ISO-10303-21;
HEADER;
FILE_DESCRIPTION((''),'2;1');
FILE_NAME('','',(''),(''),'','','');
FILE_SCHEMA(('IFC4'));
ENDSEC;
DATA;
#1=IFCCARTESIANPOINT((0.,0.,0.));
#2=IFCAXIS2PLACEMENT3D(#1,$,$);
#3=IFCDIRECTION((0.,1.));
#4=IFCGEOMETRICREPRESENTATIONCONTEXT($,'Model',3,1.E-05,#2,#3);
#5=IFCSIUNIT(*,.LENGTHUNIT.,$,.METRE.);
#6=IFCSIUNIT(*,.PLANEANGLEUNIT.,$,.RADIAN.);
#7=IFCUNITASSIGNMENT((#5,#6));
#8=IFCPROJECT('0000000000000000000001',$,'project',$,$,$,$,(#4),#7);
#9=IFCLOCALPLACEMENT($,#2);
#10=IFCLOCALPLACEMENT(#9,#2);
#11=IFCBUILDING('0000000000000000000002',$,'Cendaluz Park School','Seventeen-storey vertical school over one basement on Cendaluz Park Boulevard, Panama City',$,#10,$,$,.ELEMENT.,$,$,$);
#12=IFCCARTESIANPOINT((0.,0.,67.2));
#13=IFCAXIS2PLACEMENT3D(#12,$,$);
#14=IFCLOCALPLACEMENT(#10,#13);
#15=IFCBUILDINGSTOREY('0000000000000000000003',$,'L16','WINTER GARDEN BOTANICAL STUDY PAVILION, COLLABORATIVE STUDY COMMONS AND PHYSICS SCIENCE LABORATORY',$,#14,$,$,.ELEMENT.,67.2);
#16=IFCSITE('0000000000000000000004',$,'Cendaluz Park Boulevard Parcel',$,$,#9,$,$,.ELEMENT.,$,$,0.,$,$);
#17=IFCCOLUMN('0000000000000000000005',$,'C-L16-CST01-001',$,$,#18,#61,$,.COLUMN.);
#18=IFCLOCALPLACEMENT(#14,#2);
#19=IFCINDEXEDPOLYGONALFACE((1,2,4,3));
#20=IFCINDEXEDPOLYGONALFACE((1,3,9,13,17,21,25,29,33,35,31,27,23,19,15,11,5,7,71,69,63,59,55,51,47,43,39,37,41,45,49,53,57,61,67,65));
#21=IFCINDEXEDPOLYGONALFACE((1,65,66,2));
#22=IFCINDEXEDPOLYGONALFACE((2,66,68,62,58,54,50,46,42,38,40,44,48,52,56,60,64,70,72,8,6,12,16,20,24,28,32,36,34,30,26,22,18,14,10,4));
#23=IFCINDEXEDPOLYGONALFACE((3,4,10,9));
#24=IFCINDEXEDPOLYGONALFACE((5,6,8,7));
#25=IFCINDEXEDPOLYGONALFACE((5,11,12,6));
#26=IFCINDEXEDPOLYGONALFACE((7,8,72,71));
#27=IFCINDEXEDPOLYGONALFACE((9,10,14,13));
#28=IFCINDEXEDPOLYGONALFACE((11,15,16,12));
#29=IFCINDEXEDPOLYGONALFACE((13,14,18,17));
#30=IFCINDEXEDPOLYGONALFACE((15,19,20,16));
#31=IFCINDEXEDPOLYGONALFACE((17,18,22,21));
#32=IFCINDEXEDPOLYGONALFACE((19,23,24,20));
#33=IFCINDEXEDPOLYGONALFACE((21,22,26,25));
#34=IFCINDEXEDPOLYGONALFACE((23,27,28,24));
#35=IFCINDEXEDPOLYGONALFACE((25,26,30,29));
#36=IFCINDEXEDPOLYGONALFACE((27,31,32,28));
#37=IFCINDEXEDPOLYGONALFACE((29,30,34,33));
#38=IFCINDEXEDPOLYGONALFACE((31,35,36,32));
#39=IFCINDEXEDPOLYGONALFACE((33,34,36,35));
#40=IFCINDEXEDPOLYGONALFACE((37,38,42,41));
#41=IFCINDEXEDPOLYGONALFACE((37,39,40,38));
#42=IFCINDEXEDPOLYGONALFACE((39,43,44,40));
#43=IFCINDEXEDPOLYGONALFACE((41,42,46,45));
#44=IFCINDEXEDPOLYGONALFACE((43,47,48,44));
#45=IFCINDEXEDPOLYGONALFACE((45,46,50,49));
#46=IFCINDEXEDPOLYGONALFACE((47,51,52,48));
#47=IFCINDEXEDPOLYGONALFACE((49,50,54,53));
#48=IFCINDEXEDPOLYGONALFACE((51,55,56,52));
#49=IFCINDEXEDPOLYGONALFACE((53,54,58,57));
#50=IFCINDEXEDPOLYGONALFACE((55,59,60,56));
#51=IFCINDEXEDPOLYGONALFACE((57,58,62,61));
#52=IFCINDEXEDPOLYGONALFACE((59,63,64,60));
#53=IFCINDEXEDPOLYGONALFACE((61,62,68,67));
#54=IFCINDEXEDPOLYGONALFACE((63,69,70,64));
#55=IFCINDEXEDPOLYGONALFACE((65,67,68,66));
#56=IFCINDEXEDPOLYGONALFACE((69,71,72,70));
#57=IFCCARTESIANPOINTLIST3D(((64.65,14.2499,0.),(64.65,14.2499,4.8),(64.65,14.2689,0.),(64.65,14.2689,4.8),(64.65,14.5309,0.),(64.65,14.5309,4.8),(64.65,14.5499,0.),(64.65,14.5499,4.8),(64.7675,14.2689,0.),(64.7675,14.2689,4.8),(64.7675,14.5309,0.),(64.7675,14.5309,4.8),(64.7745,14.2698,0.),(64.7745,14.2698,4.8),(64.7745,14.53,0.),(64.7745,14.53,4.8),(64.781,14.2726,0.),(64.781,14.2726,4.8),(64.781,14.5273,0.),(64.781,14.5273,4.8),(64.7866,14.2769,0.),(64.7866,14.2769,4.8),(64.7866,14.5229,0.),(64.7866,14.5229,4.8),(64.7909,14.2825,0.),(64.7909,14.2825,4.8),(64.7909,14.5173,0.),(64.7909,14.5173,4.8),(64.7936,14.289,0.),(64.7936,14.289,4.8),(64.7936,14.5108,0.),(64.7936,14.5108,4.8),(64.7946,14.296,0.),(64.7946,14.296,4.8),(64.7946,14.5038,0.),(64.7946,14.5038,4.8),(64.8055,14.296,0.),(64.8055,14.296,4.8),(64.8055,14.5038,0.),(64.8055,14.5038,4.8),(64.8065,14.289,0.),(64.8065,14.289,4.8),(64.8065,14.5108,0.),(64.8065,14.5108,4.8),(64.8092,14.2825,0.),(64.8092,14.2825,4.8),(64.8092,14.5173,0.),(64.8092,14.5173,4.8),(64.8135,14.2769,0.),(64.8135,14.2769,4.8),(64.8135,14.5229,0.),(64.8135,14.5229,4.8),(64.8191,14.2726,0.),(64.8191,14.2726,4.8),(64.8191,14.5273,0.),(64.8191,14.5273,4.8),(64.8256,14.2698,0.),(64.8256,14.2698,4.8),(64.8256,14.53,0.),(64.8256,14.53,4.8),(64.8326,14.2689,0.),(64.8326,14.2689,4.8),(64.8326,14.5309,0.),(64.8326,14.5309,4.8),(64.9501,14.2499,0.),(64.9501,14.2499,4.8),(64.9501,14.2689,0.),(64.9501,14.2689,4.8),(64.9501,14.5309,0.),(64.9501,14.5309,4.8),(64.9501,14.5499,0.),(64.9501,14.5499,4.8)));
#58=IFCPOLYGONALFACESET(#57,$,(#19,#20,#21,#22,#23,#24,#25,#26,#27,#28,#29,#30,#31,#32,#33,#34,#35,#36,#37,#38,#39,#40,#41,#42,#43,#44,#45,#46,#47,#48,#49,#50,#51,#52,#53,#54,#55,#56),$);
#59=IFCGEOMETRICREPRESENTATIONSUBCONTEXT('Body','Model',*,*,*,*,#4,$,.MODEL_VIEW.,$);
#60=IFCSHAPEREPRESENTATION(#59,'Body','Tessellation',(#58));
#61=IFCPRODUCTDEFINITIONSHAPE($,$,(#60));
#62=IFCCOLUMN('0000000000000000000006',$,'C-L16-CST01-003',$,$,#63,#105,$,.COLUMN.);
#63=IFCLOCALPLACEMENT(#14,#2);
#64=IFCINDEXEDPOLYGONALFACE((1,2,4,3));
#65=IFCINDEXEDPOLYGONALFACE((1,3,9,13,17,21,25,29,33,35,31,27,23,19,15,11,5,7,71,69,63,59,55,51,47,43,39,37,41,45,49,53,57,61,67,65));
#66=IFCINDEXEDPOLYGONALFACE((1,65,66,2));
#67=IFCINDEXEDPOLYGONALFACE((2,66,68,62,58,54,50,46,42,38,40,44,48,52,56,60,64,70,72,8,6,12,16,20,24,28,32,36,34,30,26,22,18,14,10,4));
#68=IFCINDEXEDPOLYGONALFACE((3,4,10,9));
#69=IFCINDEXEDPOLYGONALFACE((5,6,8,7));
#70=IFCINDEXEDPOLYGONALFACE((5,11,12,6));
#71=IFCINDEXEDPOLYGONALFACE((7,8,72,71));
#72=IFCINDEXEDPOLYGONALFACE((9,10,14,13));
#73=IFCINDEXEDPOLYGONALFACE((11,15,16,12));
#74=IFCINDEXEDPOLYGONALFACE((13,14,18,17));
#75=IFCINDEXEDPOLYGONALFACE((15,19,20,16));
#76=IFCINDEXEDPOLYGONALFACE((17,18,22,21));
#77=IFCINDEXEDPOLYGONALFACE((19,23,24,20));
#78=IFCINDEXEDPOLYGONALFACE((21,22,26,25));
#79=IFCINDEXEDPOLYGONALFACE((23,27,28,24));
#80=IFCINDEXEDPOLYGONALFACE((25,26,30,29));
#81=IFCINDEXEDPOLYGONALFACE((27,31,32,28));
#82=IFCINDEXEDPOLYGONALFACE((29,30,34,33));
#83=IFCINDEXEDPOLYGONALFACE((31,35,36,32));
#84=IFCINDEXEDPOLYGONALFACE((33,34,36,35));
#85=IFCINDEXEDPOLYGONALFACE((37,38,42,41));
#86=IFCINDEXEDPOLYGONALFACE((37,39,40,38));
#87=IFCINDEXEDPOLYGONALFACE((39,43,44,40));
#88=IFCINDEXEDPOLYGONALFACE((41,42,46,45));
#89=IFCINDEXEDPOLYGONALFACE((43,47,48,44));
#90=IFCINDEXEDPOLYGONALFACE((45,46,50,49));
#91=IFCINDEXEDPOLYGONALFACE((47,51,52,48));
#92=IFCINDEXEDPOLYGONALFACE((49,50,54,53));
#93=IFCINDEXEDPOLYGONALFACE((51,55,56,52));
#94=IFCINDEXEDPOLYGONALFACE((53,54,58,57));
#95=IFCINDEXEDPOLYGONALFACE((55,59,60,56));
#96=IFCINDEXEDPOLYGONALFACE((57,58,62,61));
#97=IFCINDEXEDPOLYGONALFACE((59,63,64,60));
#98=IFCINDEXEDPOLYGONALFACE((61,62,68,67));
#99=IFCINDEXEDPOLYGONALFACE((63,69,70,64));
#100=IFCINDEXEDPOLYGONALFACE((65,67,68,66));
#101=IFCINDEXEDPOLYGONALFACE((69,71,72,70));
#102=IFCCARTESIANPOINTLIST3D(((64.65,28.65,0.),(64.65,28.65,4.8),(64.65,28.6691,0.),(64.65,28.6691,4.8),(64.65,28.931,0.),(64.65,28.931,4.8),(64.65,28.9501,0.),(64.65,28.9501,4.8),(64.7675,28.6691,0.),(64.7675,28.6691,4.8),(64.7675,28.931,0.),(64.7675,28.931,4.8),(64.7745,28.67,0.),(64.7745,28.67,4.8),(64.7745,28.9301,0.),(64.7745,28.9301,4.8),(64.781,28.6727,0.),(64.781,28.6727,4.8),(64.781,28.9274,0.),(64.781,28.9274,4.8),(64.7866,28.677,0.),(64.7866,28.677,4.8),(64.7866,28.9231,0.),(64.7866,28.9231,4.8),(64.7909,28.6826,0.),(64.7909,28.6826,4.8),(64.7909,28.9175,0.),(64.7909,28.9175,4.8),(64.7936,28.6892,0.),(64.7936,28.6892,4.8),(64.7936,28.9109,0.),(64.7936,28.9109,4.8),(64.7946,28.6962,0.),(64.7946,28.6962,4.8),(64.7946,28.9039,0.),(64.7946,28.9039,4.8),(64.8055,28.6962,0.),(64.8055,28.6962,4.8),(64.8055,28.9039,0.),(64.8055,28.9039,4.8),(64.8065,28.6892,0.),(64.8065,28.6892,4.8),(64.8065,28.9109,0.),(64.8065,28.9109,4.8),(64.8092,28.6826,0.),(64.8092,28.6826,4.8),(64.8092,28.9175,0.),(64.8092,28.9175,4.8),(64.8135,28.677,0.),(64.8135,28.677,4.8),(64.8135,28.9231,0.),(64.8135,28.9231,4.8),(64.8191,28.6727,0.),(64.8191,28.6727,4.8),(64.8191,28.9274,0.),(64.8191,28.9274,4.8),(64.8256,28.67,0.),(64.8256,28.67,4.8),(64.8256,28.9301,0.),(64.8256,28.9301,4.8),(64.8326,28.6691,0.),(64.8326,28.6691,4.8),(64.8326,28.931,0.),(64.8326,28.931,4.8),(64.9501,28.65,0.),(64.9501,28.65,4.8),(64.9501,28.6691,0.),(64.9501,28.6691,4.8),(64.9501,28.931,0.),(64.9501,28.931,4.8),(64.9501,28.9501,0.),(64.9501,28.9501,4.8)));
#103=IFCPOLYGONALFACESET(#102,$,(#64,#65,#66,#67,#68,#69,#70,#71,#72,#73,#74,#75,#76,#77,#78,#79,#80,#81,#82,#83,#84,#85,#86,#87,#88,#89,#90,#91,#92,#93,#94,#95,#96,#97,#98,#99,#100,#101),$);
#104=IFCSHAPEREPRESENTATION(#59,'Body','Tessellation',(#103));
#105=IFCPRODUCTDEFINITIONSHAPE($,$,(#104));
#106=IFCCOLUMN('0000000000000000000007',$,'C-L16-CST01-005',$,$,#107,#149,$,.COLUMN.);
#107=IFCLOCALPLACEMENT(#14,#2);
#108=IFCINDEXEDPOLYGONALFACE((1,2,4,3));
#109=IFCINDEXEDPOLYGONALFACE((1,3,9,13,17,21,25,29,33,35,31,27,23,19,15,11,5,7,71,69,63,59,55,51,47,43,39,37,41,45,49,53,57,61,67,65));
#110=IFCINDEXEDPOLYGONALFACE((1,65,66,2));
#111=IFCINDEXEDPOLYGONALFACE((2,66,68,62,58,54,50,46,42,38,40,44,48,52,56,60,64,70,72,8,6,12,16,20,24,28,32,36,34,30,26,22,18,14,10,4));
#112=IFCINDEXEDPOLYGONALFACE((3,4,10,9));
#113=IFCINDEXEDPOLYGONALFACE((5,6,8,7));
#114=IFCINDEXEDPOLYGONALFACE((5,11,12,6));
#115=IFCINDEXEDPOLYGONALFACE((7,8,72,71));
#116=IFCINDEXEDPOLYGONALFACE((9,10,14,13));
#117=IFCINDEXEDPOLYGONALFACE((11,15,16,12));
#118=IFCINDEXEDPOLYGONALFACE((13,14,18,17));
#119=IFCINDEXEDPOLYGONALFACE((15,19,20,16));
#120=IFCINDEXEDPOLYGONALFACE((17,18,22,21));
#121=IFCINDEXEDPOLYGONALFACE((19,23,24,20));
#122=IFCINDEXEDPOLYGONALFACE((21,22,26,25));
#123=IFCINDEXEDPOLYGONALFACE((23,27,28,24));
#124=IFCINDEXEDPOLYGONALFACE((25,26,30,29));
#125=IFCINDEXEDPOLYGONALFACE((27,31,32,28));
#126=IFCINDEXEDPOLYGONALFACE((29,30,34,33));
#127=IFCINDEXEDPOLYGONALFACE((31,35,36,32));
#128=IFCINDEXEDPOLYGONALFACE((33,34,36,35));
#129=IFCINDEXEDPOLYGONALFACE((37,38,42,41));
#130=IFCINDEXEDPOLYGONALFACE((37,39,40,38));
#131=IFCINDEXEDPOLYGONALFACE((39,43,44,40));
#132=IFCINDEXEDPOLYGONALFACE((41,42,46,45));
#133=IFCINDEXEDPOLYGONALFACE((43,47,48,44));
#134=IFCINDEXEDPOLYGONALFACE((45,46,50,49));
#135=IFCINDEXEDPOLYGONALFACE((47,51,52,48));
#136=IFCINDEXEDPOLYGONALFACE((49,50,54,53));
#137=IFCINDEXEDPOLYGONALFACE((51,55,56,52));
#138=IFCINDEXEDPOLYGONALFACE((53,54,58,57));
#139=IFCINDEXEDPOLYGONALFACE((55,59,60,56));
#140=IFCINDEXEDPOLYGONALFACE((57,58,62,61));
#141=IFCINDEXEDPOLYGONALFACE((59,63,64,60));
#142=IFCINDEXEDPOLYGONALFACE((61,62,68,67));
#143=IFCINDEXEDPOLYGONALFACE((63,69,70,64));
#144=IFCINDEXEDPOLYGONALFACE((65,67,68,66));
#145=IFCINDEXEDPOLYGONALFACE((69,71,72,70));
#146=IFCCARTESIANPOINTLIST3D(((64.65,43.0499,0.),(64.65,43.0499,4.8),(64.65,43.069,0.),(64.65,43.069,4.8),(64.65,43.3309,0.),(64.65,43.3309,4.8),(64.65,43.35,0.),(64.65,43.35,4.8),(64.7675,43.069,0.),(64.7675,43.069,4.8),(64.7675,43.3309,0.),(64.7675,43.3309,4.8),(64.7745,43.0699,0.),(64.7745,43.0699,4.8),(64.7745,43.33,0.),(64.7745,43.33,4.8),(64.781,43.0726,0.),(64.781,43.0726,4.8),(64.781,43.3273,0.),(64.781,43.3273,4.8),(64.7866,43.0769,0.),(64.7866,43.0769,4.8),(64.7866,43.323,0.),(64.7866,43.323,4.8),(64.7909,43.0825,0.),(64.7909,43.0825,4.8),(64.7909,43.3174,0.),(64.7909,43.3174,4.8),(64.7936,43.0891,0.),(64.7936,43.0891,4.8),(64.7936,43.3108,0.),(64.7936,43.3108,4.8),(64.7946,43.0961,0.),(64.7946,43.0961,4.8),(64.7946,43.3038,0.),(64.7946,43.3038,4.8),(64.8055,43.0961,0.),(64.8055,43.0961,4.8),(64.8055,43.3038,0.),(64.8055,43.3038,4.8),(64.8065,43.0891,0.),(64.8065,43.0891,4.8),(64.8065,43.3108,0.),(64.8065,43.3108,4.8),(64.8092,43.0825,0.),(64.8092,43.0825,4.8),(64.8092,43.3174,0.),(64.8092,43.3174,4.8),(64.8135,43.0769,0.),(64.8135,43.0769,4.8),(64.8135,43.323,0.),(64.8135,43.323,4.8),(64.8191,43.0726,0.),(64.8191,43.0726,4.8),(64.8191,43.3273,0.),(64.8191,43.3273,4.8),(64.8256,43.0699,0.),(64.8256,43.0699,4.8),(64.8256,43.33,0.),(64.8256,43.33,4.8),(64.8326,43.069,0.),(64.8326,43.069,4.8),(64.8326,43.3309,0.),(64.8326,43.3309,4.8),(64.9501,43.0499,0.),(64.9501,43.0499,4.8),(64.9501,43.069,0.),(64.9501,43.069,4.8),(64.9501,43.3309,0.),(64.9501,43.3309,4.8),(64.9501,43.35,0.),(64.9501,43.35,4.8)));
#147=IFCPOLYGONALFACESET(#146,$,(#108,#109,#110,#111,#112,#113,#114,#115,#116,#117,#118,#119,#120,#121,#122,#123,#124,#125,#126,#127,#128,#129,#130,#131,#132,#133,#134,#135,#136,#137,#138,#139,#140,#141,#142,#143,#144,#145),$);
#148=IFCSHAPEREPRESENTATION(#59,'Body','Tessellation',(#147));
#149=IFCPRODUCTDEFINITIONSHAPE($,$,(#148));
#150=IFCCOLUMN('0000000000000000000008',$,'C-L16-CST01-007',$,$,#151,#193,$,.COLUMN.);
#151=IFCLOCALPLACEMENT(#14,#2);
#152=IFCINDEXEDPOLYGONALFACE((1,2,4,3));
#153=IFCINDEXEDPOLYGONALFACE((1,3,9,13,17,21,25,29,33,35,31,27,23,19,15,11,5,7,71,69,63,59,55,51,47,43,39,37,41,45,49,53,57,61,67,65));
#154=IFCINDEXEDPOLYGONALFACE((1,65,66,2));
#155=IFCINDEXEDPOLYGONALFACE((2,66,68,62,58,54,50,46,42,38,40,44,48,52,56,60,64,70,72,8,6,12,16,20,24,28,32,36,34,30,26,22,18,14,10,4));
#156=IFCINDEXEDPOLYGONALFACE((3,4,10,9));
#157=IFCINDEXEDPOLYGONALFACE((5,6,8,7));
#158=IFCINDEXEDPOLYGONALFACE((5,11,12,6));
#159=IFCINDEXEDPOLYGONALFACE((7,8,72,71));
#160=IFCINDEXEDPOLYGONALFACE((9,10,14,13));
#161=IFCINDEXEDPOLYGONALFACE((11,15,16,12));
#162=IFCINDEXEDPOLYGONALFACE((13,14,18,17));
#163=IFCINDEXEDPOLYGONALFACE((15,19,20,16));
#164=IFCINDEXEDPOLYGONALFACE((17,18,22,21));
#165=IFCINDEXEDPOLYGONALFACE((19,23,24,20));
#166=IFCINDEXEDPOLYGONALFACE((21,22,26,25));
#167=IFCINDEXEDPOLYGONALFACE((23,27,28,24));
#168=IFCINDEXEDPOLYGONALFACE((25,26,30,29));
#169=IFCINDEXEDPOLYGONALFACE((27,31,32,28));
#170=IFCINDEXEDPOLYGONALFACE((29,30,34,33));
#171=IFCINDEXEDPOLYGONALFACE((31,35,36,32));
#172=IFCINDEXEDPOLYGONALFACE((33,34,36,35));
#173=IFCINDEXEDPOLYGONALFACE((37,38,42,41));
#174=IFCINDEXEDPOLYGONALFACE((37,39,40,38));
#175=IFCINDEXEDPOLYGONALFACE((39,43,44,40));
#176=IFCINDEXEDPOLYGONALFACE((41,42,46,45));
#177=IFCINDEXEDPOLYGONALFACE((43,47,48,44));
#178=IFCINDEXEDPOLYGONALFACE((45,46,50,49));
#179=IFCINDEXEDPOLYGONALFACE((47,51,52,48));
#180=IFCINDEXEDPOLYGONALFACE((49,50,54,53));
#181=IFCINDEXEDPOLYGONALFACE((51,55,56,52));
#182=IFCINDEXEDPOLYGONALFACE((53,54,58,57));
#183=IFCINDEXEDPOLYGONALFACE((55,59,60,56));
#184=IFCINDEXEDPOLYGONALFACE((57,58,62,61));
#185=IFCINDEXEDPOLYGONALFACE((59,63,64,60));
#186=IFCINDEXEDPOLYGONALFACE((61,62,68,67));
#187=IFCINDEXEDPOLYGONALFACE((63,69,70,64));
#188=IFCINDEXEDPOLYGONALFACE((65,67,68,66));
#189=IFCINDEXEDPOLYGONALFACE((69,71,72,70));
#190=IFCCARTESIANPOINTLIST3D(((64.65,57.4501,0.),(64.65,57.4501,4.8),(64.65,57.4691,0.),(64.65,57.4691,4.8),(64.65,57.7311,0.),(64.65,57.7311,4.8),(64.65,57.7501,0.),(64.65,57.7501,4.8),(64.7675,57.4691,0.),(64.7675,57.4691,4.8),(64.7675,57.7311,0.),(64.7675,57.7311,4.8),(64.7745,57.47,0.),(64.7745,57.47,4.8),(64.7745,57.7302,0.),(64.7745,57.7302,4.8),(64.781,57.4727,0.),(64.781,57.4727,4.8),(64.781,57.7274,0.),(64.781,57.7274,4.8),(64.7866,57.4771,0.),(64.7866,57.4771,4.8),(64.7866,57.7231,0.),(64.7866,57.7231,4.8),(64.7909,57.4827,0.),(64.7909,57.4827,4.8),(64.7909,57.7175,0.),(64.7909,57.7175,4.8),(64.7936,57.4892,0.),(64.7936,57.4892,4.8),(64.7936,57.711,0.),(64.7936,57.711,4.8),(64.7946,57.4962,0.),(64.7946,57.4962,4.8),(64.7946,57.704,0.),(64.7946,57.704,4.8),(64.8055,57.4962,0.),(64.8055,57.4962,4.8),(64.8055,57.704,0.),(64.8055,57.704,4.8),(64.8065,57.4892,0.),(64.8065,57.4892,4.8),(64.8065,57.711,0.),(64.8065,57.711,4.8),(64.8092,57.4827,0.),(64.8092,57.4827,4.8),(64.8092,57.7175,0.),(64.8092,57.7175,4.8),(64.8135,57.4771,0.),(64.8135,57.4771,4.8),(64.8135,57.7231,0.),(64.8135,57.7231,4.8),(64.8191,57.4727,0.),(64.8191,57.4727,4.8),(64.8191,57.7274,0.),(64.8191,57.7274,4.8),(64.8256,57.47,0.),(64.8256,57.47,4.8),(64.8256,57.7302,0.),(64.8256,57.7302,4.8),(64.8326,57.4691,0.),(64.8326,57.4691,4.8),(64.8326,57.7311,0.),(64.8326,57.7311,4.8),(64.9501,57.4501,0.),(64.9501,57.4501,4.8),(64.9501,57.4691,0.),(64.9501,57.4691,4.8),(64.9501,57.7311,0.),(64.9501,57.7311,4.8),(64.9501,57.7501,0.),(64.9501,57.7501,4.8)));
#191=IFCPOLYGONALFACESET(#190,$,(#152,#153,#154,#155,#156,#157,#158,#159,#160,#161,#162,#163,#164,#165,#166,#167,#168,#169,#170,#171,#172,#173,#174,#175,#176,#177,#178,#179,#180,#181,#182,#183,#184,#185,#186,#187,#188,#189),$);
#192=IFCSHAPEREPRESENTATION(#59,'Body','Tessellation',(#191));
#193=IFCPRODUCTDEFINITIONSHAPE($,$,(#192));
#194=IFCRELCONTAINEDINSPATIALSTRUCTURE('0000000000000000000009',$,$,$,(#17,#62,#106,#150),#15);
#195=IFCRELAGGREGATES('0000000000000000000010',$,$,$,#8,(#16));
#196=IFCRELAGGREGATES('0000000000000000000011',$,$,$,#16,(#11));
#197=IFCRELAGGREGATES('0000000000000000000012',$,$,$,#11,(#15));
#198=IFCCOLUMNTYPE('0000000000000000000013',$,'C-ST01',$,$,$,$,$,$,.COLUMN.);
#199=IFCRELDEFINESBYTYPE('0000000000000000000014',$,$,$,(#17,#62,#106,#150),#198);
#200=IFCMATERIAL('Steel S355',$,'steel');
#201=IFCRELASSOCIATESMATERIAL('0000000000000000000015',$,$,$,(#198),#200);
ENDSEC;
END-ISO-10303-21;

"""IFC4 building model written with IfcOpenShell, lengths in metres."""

from ifc_helpers import new_model, si_unit, direction, frame, origin, origin_2d, place, context, subcontext, project, spatial, i_section, extrude, material, material_profile, profile_set, type_object, element, save


model = new_model("IFC4")

# Units and contexts
model_context = context("Model", 3, precision=1e-05, world=origin(), true_north=direction((0.0, 1.0)))
body_context = subcontext(model_context, "Body", "Model", "MODEL_VIEW")
ifc_project = project(units=[si_unit("LENGTHUNIT", "METRE"), si_unit("PLANEANGLEUNIT", "RADIAN")], contexts=[model_context])

# Site, building, storey
site_placement = place(None, origin())
site = spatial("IfcSite", under=ifc_project, at=site_placement, Name="Cendaluz Park Boulevard Parcel", CompositionType="ELEMENT", RefElevation=0.0)
building_placement = place(site_placement, origin())
building = spatial("IfcBuilding", under=site, at=building_placement, Name="Cendaluz Park School", Description="Seventeen-storey vertical school over one basement on Cendaluz Park Boulevard, Panama City", CompositionType="ELEMENT")
storey_placement = place(building_placement, frame((0.0, 0.0, 67.2)))
storey = spatial("IfcBuildingStorey", under=building, at=storey_placement, Name="L16", Description="WINTER GARDEN BOTANICAL STUDY PAVILION, COLLABORATIVE STUDY COMMONS AND PHYSICS SCIENCE LABORATORY", CompositionType="ELEMENT", Elevation=67.2)

# Columns
ifc_material_1 = material(Name="Steel S355", Category="steel")
ifc_material_profile_1 = material_profile(ifc_material_1, i_section(OverallWidth=0.3, OverallDepth=0.3, WebThickness=0.011, FlangeThickness=0.019, FilletRadius=0.0271, at=origin_2d()), Name="HEB 300", Category="steel")
ifc_profile_set_1 = profile_set([ifc_material_profile_1], Name="Steel S355")
column_type_1 = type_object("IfcColumnType", Name="C-ST01", PredefinedType="COLUMN", material=ifc_profile_set_1)
for number, where, z_axis, x_axis, name in (
    (1, (64.8, 14.3999, 0.0), (0.0, 0.0, 1.0), (1.0, 0.0, 0.0), "C-L16-CST01-001"),
    (2, (64.8, 28.8, 0.0), (0.0, 0.0, 1.0), (1.0, 0.0, 0.0), "C-L16-CST01-003"),
    (3, (64.8, 43.2, 0.0), (0.0, 0.0, 1.0), (1.0, 0.0, 0.0), "C-L16-CST01-005"),
    (4, (64.8, 57.6001, 0.0), (0.0, 0.0, 1.0), (1.0, 0.0, 0.0), "C-L16-CST01-007"),
):
    element("IfcColumn", number, at=place(storey_placement, frame(where, z_axis=z_axis, x_axis=x_axis)), inside=storey, type_object=column_type_1, Name=name, PredefinedType="COLUMN", context=body_context, shape_type="SweptSolid", body=[
        extrude(i_section(OverallWidth=0.3, OverallDepth=0.3, WebThickness=0.011, FlangeThickness=0.019, FilletRadius=0.0271, at=origin_2d()), origin(), (0.0, 0.0, 1.0), 4.8),
    ])

save(model, "model.ifc")
